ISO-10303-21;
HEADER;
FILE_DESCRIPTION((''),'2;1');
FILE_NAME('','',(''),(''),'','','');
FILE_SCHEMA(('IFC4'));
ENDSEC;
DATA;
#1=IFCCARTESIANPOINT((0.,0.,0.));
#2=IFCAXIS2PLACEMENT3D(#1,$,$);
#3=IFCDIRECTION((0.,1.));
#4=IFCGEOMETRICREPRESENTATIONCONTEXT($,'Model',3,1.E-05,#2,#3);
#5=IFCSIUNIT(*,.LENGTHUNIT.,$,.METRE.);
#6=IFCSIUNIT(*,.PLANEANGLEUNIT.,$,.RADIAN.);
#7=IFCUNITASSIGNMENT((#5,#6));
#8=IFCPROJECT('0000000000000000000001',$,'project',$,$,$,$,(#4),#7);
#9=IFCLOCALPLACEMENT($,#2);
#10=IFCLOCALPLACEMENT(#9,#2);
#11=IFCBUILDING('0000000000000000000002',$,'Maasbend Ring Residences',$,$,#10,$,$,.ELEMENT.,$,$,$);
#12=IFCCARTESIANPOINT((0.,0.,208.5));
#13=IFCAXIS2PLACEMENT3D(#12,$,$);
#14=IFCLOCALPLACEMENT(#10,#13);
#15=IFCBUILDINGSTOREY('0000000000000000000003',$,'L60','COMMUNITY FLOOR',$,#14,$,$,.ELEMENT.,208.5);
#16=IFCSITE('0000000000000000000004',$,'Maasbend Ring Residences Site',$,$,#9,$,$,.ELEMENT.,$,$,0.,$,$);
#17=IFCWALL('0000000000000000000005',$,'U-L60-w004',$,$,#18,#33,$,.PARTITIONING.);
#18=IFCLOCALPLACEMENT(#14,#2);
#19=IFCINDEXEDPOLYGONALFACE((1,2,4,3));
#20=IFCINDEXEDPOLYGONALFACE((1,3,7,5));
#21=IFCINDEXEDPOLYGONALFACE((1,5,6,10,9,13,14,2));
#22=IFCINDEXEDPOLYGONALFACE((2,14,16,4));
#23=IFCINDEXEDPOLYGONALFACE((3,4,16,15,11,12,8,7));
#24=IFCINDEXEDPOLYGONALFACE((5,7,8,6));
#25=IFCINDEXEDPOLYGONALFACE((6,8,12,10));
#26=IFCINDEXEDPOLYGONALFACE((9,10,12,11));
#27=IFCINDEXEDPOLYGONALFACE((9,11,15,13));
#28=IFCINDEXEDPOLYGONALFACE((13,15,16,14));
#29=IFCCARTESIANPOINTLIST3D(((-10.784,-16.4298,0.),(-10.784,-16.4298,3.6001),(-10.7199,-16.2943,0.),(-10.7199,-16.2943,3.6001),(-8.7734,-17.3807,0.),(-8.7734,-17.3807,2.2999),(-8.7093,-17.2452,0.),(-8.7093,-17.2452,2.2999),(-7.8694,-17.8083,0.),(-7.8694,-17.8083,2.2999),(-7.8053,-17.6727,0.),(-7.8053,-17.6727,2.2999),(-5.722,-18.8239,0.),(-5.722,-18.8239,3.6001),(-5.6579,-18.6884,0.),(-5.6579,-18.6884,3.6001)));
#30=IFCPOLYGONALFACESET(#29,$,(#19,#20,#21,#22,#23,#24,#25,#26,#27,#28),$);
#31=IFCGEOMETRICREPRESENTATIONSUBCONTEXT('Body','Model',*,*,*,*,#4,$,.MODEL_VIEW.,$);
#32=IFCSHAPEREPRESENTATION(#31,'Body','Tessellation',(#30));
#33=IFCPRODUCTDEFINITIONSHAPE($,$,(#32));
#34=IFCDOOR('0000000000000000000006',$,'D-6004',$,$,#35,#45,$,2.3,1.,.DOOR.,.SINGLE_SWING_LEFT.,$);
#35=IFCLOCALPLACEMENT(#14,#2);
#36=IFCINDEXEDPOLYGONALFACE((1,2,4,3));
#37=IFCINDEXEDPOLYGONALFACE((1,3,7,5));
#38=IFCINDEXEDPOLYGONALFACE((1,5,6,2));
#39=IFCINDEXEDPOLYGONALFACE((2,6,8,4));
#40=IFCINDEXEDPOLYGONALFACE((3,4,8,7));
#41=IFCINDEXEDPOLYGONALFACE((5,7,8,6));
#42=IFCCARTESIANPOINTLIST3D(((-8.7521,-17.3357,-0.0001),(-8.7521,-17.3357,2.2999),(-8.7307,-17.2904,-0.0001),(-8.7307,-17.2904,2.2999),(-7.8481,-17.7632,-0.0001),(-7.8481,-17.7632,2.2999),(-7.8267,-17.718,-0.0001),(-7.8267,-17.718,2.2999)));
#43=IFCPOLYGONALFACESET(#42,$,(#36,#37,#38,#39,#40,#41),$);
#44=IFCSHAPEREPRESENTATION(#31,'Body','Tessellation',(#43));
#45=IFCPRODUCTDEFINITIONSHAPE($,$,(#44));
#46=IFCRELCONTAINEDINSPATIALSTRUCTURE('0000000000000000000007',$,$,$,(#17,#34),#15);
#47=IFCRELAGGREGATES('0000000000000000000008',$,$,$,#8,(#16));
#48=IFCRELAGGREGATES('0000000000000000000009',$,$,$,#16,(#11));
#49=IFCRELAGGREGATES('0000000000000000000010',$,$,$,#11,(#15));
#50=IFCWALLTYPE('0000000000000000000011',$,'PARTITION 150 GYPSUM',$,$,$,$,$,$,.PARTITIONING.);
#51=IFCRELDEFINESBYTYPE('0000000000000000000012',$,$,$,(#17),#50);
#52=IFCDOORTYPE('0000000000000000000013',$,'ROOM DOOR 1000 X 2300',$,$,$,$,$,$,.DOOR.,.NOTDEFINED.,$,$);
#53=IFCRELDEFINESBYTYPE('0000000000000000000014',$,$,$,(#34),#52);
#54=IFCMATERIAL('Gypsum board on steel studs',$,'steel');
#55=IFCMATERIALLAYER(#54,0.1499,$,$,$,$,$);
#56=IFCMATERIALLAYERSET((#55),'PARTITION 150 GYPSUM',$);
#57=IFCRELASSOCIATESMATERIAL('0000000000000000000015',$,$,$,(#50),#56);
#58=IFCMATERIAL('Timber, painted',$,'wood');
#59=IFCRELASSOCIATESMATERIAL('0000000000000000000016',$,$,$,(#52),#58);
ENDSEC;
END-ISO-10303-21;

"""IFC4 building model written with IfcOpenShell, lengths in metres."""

from ifc_helpers import new_model, si_unit, direction, frame, frame_2d, origin, place, context, subcontext, project, spatial, rectangle, extrude, material, layer, layer_set, type_object, element, fill, save


model = new_model("IFC4")

# Units and contexts
model_context = context("Model", 3, precision=1e-05, world=origin(), true_north=direction((0.0, 1.0)))
body_context = subcontext(model_context, "Body", "Model", "MODEL_VIEW")
ifc_project = project(units=[si_unit("LENGTHUNIT", "METRE"), si_unit("PLANEANGLEUNIT", "RADIAN")], contexts=[model_context])

# Site, building, storey
site_placement = place(None, origin())
site = spatial("IfcSite", under=ifc_project, at=site_placement, Name="Maasbend Ring Residences Site", CompositionType="ELEMENT", RefElevation=0.0)
building_placement = place(site_placement, origin())
building = spatial("IfcBuilding", under=site, at=building_placement, Name="Maasbend Ring Residences", CompositionType="ELEMENT")
storey_placement = place(building_placement, frame((0.0, 0.0, 208.5)))
storey = spatial("IfcBuildingStorey", under=building, at=storey_placement, Name="L60", Description="COMMUNITY FLOOR", CompositionType="ELEMENT", Elevation=208.5)

# Wall, opening, door
ifc_material_1 = material(Name="Gypsum board on steel studs", Category="steel")
ifc_layer_1 = layer(ifc_material_1, 0.1499)
ifc_layer_set_1 = layer_set([ifc_layer_1], Name="PARTITION 150 GYPSUM")
wall_type_1 = type_object("IfcWallType", Name="PARTITION 150 GYPSUM", PredefinedType="PARTITIONING", material=ifc_layer_set_1)
wall_1_placement = place(storey_placement, frame((-10.752, -16.3621, 0.0), z_axis=(0.0, 0.0, 1.0), x_axis=(0.903997, -0.427539, 0.0)))
wall_1 = element("IfcWall", 1, at=wall_1_placement, inside=storey, type_object=wall_type_1, Name="U-L60-w004", PredefinedType="PARTITIONING", context=body_context, shape_type="SweptSolid", body=[
    extrude(rectangle(XDim=5.5996, YDim=0.1499, at=frame_2d((2.7998, 0.0))), origin(), (0.0, 0.0, 1.0), 3.6001),
])
opening_1_placement = place(wall_1_placement, frame((2.2241, 0.0, 0.0)))
opening_1 = element("IfcOpeningElement", 2, at=opening_1_placement, cuts=wall_1, PredefinedType="OPENING", context=body_context, shape_type="SweptSolid", body=[
    extrude(rectangle(XDim=1.0, YDim=2.3, at=frame_2d((0.5, 1.1499))), frame((0.0, 0.085, 0.0), z_axis=(0.0, -1.0, 0.0), x_axis=(1.0, 0.0, 0.0)), (0.0, 0.0, 1.0), 0.1699),
])
ifc_material_2 = material(Name="Timber, painted", Category="wood")
door_type_1 = type_object("IfcDoorType", Name="ROOM DOOR 1000 X 2300", OperationType="NOTDEFINED", PredefinedType="DOOR", material=ifc_material_2)
door_1_placement = place(opening_1_placement, origin())
door_1 = element("IfcDoor", 3, at=door_1_placement, inside=storey, type_object=door_type_1, Name="D-6004", OperationType="SINGLE_SWING_LEFT", OverallHeight=2.3, OverallWidth=1.0, PredefinedType="DOOR", context=body_context, shape_type="SweptSolid", body=[
    extrude(rectangle(XDim=1.0, YDim=2.3, at=frame_2d((0.5, 1.1499))), frame((0.0, 0.0249, 0.0), z_axis=(0.0, -1.0, 0.0), x_axis=(1.0, 0.0, 0.0)), (0.0, 0.0, 1.0), 0.05),
])
fill(opening_1, door_1)

save(model, "model.ifc")
